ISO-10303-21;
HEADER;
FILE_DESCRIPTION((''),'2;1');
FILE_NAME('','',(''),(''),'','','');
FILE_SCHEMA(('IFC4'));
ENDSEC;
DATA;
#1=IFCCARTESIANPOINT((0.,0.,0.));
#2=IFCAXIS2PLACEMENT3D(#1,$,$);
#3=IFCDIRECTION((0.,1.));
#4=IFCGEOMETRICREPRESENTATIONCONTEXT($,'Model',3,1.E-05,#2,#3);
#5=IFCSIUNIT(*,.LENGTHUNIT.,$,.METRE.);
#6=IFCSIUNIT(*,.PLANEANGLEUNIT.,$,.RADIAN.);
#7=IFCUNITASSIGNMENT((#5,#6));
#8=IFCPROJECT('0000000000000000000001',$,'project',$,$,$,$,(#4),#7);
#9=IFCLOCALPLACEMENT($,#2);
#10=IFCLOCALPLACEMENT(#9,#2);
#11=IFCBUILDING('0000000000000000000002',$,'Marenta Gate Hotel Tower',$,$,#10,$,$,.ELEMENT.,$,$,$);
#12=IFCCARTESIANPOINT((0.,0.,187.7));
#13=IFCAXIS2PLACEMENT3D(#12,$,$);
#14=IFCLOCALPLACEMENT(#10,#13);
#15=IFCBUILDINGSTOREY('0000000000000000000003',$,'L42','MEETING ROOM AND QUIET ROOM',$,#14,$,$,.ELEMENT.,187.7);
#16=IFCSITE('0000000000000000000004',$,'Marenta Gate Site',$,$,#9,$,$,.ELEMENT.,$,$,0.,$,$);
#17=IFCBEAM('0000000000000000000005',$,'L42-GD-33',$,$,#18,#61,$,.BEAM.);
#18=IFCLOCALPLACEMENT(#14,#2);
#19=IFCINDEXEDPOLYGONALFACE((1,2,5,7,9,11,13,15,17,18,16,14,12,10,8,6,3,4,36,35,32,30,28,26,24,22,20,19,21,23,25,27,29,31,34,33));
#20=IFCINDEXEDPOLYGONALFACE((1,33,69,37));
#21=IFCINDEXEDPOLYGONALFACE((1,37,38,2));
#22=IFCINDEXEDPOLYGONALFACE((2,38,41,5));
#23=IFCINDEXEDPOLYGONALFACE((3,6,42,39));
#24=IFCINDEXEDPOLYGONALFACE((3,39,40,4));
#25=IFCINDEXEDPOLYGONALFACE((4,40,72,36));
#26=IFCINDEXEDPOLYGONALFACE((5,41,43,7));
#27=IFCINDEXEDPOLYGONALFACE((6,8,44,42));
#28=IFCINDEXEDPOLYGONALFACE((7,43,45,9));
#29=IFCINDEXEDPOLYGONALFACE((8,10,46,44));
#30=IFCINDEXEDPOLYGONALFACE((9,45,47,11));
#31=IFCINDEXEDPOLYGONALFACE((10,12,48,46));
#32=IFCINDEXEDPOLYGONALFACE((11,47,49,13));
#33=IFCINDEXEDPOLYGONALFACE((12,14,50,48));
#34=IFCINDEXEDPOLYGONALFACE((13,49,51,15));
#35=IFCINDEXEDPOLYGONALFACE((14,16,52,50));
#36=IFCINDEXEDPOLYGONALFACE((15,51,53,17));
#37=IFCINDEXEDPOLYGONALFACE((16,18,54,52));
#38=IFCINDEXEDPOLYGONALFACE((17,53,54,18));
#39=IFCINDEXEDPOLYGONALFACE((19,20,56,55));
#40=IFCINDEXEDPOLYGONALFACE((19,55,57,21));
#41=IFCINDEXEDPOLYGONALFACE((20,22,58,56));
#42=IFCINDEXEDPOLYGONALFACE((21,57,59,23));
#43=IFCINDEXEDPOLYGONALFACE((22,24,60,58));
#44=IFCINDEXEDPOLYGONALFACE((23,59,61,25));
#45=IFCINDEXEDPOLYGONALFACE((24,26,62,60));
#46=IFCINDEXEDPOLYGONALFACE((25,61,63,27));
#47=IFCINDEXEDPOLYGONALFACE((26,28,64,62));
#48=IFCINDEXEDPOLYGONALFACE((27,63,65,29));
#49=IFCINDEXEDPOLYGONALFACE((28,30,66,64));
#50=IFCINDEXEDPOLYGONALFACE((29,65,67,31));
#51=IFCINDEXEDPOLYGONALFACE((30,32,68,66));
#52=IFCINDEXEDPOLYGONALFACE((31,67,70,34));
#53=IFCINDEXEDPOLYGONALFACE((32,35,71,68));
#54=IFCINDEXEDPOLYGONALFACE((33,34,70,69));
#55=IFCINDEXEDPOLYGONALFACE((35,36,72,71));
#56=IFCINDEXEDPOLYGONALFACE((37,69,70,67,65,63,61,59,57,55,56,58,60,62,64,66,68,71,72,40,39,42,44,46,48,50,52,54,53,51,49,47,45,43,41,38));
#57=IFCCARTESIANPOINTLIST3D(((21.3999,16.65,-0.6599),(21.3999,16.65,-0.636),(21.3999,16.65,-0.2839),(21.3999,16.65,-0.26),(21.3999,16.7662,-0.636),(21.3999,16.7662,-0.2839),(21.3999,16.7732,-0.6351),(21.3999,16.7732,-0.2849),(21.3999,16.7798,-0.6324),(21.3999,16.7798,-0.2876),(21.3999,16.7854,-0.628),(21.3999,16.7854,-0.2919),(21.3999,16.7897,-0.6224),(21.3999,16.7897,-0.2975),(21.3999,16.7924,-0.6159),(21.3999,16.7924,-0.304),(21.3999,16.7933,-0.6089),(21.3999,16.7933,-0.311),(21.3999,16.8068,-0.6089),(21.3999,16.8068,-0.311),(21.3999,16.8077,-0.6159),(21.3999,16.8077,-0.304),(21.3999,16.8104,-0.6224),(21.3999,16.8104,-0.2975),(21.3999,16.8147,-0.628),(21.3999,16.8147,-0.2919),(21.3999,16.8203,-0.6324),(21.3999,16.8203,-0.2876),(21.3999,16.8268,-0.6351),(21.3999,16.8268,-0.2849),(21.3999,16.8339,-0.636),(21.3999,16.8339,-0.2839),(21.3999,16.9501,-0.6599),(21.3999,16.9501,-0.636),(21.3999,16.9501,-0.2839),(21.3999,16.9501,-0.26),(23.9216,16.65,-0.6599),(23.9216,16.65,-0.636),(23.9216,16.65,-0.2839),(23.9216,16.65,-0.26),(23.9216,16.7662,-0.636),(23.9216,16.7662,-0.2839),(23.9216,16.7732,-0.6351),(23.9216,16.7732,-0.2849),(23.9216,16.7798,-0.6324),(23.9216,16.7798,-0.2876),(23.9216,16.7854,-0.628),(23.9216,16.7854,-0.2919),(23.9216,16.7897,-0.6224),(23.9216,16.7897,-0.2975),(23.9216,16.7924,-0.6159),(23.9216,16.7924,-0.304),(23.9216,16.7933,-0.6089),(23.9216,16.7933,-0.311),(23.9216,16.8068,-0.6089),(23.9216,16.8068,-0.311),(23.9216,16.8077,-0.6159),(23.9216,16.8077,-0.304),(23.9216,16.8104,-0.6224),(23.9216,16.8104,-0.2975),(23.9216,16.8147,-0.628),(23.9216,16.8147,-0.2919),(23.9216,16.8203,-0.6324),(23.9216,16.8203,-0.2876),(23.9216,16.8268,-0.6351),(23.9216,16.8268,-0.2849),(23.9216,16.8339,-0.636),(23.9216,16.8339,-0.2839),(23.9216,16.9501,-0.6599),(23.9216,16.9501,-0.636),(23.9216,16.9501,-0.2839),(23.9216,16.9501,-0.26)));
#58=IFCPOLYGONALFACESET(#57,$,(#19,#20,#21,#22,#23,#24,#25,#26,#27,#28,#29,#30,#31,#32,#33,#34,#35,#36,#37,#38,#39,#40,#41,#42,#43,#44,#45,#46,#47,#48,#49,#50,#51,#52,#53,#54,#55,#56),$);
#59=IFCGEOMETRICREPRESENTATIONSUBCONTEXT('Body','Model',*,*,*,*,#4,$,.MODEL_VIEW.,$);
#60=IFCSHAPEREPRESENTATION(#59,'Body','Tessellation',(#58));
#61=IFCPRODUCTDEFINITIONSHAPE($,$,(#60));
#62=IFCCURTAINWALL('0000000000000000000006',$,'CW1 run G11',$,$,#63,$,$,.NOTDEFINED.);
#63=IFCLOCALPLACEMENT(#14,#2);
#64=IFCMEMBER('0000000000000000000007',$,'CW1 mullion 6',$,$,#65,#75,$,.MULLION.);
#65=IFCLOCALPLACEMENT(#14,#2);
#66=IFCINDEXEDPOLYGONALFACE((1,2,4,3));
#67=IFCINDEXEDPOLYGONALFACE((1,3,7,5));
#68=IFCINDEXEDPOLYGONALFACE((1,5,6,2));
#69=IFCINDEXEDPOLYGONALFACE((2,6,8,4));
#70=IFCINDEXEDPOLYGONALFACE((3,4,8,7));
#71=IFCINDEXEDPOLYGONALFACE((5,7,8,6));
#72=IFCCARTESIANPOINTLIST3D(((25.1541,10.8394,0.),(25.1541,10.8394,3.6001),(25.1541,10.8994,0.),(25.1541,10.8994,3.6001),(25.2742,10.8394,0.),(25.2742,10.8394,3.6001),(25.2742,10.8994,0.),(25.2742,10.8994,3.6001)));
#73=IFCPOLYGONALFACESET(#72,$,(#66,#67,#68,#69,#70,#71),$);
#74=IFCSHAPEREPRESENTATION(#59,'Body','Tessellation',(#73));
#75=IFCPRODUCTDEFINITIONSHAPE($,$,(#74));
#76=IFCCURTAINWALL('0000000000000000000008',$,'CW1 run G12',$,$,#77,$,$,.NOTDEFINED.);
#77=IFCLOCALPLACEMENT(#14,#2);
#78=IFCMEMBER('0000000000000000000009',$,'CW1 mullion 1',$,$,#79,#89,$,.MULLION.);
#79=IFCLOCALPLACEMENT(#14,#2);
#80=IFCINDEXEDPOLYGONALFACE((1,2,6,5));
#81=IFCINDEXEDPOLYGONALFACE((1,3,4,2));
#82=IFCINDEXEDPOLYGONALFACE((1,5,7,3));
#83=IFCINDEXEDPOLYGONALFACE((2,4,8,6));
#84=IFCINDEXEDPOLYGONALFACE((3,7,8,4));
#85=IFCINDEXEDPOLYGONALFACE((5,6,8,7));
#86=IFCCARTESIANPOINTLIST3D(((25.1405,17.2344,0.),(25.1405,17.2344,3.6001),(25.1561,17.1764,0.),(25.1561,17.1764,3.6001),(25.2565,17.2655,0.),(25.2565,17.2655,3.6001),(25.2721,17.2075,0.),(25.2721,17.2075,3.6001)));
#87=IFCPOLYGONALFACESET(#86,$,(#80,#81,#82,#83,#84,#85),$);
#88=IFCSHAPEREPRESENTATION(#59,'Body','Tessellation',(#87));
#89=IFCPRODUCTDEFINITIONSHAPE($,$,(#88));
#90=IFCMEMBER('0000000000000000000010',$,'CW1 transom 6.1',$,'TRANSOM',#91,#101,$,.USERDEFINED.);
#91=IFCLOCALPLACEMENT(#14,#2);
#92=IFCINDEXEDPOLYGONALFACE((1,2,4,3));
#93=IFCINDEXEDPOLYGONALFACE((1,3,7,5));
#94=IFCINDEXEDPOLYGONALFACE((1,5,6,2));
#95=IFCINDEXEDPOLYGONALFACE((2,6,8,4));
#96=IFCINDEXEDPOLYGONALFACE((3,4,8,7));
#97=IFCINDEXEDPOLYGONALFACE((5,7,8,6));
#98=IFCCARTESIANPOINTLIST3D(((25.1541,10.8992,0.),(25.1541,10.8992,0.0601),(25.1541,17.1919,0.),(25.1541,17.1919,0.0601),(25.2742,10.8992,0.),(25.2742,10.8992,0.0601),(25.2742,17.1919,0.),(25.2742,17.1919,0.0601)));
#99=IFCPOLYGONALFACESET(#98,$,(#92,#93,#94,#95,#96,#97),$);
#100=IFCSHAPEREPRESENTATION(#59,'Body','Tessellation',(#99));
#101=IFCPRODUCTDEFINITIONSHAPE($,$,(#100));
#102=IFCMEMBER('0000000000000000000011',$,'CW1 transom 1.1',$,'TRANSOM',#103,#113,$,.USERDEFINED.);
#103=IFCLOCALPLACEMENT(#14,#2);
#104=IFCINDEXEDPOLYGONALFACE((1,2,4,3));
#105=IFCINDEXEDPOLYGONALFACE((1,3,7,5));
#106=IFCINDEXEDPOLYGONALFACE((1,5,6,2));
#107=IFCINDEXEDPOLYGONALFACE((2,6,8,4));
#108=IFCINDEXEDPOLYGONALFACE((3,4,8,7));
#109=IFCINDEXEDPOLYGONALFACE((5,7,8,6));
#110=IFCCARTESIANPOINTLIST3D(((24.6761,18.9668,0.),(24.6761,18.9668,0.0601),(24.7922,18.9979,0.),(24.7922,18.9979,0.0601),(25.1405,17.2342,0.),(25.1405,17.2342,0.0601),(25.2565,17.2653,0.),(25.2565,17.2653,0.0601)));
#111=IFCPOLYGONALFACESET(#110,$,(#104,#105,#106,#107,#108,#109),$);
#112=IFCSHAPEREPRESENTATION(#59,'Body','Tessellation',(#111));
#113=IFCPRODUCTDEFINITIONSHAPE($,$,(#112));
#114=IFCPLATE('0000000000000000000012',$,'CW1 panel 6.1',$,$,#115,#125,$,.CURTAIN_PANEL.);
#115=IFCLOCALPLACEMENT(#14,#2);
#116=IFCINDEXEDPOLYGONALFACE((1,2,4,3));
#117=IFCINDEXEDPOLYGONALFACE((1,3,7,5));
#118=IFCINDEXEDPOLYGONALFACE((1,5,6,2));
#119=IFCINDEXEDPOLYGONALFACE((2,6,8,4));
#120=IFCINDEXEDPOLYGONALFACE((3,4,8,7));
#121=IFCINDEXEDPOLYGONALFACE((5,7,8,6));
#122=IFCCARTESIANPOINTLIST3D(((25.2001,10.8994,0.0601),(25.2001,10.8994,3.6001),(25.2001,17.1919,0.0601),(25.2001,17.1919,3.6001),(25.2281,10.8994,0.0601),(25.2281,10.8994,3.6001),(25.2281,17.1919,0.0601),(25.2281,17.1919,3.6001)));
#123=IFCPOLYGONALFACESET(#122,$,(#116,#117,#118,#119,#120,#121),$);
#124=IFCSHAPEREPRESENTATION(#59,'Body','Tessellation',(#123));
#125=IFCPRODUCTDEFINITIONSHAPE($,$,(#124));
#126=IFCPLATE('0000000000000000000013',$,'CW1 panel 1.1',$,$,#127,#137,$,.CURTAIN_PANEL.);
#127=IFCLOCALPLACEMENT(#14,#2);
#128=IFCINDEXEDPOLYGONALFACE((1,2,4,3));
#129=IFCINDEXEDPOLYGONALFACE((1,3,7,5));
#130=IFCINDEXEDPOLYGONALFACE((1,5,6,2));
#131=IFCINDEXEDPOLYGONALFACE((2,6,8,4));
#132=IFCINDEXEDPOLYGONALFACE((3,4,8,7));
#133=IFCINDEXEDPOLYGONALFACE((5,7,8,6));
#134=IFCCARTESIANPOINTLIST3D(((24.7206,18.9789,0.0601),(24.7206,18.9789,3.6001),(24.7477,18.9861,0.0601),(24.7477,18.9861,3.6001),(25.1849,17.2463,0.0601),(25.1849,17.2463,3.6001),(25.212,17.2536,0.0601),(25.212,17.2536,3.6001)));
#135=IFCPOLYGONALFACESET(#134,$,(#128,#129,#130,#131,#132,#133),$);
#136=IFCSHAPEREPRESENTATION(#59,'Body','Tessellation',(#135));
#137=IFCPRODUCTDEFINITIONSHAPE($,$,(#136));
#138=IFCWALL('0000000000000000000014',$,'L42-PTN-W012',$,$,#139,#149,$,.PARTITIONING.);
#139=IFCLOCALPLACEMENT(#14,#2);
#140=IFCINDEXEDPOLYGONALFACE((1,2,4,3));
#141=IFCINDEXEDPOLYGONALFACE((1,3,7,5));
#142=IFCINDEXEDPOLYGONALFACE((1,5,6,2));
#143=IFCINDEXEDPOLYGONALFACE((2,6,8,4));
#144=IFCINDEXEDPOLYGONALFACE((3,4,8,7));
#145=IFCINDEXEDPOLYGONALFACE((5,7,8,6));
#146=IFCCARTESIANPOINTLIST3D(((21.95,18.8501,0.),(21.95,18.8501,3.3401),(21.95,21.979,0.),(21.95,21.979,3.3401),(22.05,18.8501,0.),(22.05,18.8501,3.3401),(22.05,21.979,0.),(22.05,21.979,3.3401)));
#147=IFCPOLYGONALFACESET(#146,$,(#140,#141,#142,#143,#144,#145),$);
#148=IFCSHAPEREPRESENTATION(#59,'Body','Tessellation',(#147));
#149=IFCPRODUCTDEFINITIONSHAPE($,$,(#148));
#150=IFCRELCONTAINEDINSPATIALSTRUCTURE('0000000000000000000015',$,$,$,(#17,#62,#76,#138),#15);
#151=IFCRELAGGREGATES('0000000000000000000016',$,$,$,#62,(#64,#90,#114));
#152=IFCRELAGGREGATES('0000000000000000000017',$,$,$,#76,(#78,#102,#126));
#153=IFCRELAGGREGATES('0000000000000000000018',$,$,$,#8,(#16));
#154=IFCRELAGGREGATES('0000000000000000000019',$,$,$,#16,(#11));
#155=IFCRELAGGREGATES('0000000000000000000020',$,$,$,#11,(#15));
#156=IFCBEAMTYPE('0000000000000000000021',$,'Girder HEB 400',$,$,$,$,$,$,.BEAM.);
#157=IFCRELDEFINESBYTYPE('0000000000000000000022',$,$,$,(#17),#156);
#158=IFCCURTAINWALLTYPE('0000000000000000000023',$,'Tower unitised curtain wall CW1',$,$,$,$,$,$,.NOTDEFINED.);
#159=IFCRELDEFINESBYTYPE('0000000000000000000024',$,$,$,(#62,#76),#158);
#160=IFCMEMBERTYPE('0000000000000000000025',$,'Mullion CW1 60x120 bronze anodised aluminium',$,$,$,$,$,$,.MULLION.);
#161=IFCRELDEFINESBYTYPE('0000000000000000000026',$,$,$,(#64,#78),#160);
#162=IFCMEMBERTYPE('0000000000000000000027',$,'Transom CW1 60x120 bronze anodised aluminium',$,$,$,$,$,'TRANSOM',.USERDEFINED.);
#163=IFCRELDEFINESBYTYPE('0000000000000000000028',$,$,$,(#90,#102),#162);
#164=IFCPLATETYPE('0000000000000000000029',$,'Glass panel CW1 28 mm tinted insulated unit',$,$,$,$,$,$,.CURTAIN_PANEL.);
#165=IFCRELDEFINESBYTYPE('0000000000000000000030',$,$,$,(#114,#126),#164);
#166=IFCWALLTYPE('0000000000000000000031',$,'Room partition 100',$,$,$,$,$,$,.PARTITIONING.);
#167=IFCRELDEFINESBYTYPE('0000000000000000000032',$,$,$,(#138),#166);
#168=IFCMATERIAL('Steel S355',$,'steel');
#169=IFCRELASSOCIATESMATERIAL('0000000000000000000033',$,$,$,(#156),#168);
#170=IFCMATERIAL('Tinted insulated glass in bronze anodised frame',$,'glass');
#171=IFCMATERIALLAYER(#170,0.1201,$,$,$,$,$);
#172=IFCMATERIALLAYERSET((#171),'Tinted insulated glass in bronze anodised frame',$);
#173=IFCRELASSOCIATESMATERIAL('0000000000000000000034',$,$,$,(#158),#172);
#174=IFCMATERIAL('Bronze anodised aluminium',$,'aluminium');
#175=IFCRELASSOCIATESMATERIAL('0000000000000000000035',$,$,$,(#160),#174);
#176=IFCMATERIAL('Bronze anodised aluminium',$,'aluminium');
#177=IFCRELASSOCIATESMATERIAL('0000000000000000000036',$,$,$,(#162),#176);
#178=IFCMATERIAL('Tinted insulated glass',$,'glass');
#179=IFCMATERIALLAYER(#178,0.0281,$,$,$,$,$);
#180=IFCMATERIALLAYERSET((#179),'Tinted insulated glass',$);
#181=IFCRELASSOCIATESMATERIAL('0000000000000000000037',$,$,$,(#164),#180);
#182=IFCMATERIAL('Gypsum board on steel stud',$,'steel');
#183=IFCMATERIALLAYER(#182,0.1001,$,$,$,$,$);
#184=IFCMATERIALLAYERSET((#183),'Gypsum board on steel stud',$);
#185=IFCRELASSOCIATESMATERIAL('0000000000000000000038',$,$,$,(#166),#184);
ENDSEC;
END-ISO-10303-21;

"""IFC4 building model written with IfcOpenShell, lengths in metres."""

from ifc_helpers import new_model, si_unit, direction, frame, frame_2d, origin, origin_2d, place, context, subcontext, project, spatial, rectangle, i_section, extrude, material, layer, layer_set, material_profile, profile_set, type_object, element, aggregate, save


model = new_model("IFC4")

# Units and contexts
model_context = context("Model", 3, precision=1e-05, world=origin(), true_north=direction((0.0, 1.0)))
body_context = subcontext(model_context, "Body", "Model", "MODEL_VIEW")
ifc_project = project(units=[si_unit("LENGTHUNIT", "METRE"), si_unit("PLANEANGLEUNIT", "RADIAN")], contexts=[model_context])

# Site, building, storey
site_placement = place(None, origin())
site = spatial("IfcSite", under=ifc_project, at=site_placement, Name="Marenta Gate Site", CompositionType="ELEMENT", RefElevation=0.0)
building_placement = place(site_placement, origin())
building = spatial("IfcBuilding", under=site, at=building_placement, Name="Marenta Gate Hotel Tower", CompositionType="ELEMENT")
storey_placement = place(building_placement, frame((0.0, 0.0, 187.7)))
storey = spatial("IfcBuildingStorey", under=building, at=storey_placement, Name="L42", Description="MEETING ROOM AND QUIET ROOM", CompositionType="ELEMENT", Elevation=187.7)

# Beam
ifc_material_1 = material(Name="Steel S355", Category="steel")
ifc_material_profile_1 = material_profile(ifc_material_1, i_section(OverallWidth=0.3, OverallDepth=0.3999, WebThickness=0.0134, FlangeThickness=0.0239, FilletRadius=0.0271, at=origin_2d()), Name="HEB 400")
ifc_profile_set_1 = profile_set([ifc_material_profile_1], Name="Steel S355")
beam_type_1 = type_object("IfcBeamType", Name="Girder HEB 400", PredefinedType="BEAM", material=ifc_profile_set_1)
beam_1_placement = place(storey_placement, frame((21.3999, 16.8, -0.46), z_axis=(1.0, 0.0, 0.0), x_axis=(0.0, 1.0, 0.0)))
element("IfcBeam", 1, at=beam_1_placement, inside=storey, type_object=beam_type_1, Name="L42-GD-33", PredefinedType="BEAM", context=body_context, shape_type="SweptSolid", body=[
    extrude(i_section(OverallWidth=0.3, OverallDepth=0.3999, WebThickness=0.0134, FlangeThickness=0.0239, FilletRadius=0.0271, at=origin_2d()), origin(), (0.0, 0.0, 1.0), 2.5217),
])

# Curtain walls, members
ifc_material_2 = material(Name="Tinted insulated glass in bronze anodised frame", Category="glass")
ifc_layer_1 = layer(ifc_material_2, 0.1201)
ifc_layer_set_1 = layer_set([ifc_layer_1], Name="Tinted insulated glass in bronze anodised frame")
curtain_wall_type = type_object("IfcCurtainWallType", Name="Tower unitised curtain wall CW1", PredefinedType="NOTDEFINED", material=ifc_layer_set_1)
curtain_wall_1_placement = place(storey_placement, origin())
curtain_wall_1 = element("IfcCurtainWall", 2, at=curtain_wall_1_placement, inside=storey, type_object=curtain_wall_type, Name="CW1 run G11", PredefinedType="NOTDEFINED")
ifc_material_3 = material(Name="Bronze anodised aluminium", Category="aluminium")
ifc_material_profile_2 = material_profile(ifc_material_3, rectangle(XDim=0.1201, YDim=0.0601, at=origin_2d()), Name="Mullion CW1 60x120 bronze anodised aluminium")
ifc_profile_set_2 = profile_set([ifc_material_profile_2], Name="Bronze anodised aluminium")
member_type_1 = type_object("IfcMemberType", Name="Mullion CW1 60x120 bronze anodised aluminium", PredefinedType="MULLION", material=ifc_profile_set_2)
member_1_placement = place(storey_placement, frame((25.2141, 10.8694, 0.0), z_axis=(0.0, 0.0, 1.0), x_axis=(-1.0, 0.0, 0.0)))
member_1 = element("IfcMember", 3, at=member_1_placement, type_object=member_type_1, Name="CW1 mullion 6", PredefinedType="MULLION", context=body_context, shape_type="SweptSolid", body=[
    extrude(rectangle(XDim=0.1201, YDim=0.0601, at=origin_2d()), origin(), (0.0, 0.0, 1.0), 3.6001),
])
curtain_wall_2_placement = place(storey_placement, origin())
curtain_wall_2 = element("IfcCurtainWall", 4, at=curtain_wall_2_placement, inside=storey, type_object=curtain_wall_type, Name="CW1 run G12", PredefinedType="NOTDEFINED")
member_2_placement = place(storey_placement, frame((25.2063, 17.2209, 0.0), z_axis=(0.0, 0.0, 1.0), x_axis=(-0.965924, -0.258824, 0.0)))
member_2 = element("IfcMember", 5, at=member_2_placement, type_object=member_type_1, Name="CW1 mullion 1", PredefinedType="MULLION", context=body_context, shape_type="SweptSolid", body=[
    extrude(rectangle(XDim=0.1201, YDim=0.0601, at=origin_2d()), origin(), (0.0, 0.0, 1.0), 3.6001),
])

# Members
ifc_material_4 = material(Name="Bronze anodised aluminium", Category="aluminium")
ifc_material_profile_3 = material_profile(ifc_material_4, rectangle(XDim=0.1201, YDim=0.0601, at=origin_2d()), Name="Transom CW1 60x120 bronze anodised aluminium")
ifc_profile_set_3 = profile_set([ifc_material_profile_3], Name="Bronze anodised aluminium")
member_type_2 = type_object("IfcMemberType", Name="Transom CW1 60x120 bronze anodised aluminium", ElementType="TRANSOM", PredefinedType="USERDEFINED", material=ifc_profile_set_3)
member_3_placement = place(storey_placement, frame((25.2141, 10.8992, 0.03), z_axis=(0.0, 1.0, 0.0), x_axis=(-1.0, 0.0, 0.0)))
member_3 = element("IfcMember", 6, at=member_3_placement, type_object=member_type_2, Name="CW1 transom 6.1", ObjectType="TRANSOM", PredefinedType="USERDEFINED", context=body_context, shape_type="SweptSolid", body=[
    extrude(rectangle(XDim=0.1201, YDim=0.0601, at=origin_2d()), origin(), (0.0, 0.0, 1.0), 6.2927),
])
member_4_placement = place(storey_placement, frame((25.1985, 17.2498, 0.03), z_axis=(-0.258865, 0.965913, 0.0), x_axis=(-0.965913, -0.258865, 0.0)))
member_4 = element("IfcMember", 7, at=member_4_placement, type_object=member_type_2, Name="CW1 transom 1.1", ObjectType="TRANSOM", PredefinedType="USERDEFINED", context=body_context, shape_type="SweptSolid", body=[
    extrude(rectangle(XDim=0.1201, YDim=0.0601, at=origin_2d()), origin(), (0.0, 0.0, 1.0), 1.7937),
])

# Plates
ifc_material_5 = material(Name="Tinted insulated glass", Category="glass")
ifc_layer_2 = layer(ifc_material_5, 0.0281)
ifc_layer_set_2 = layer_set([ifc_layer_2], Name="Tinted insulated glass")
plate_type = type_object("IfcPlateType", Name="Glass panel CW1 28 mm tinted insulated unit", PredefinedType="CURTAIN_PANEL", material=ifc_layer_set_2)
plate_1_placement = place(storey_placement, frame((25.2141, 14.0457, 0.0601), z_axis=(0.0, 0.0, 1.0), x_axis=(0.0, 1.0, 0.0)))
plate_1 = element("IfcPlate", 8, at=plate_1_placement, type_object=plate_type, Name="CW1 panel 6.1", PredefinedType="CURTAIN_PANEL", context=body_context, shape_type="SweptSolid", body=[
    extrude(rectangle(XDim=6.2925, YDim=0.0281, at=origin_2d()), origin(), (0.0, 0.0, 1.0), 3.54),
])
aggregate(curtain_wall_1, [member_1, member_3, plate_1])
plate_2_placement = place(storey_placement, frame((24.9663, 18.1162, 0.0601), z_axis=(0.0, 0.0, 1.0), x_axis=(-0.258824, 0.965924, 0.0)))
plate_2 = element("IfcPlate", 9, at=plate_2_placement, type_object=plate_type, Name="CW1 panel 1.1", PredefinedType="CURTAIN_PANEL", context=body_context, shape_type="SweptSolid", body=[
    extrude(rectangle(XDim=1.7937, YDim=0.0281, at=origin_2d()), origin(), (0.0, 0.0, 1.0), 3.54),
])
aggregate(curtain_wall_2, [member_2, member_4, plate_2])

# Wall
ifc_material_6 = material(Name="Gypsum board on steel stud", Category="steel")
ifc_layer_3 = layer(ifc_material_6, 0.1001)
ifc_layer_set_3 = layer_set([ifc_layer_3], Name="Gypsum board on steel stud")
wall_type = type_object("IfcWallType", Name="Room partition 100", PredefinedType="PARTITIONING", material=ifc_layer_set_3)
wall_placement = place(storey_placement, frame((22.0, 18.8501, 0.0), z_axis=(0.0, 0.0, 1.0), x_axis=(0.0, 1.0, 0.0)))
element("IfcWall", 10, at=wall_placement, inside=storey, type_object=wall_type, Name="L42-PTN-W012", PredefinedType="PARTITIONING", context=body_context, shape_type="SweptSolid", body=[
    extrude(rectangle(XDim=3.1289, YDim=0.1001, at=frame_2d((1.5645, 0.0))), origin(), (0.0, 0.0, 1.0), 3.3401),
])

save(model, "model.ifc")
